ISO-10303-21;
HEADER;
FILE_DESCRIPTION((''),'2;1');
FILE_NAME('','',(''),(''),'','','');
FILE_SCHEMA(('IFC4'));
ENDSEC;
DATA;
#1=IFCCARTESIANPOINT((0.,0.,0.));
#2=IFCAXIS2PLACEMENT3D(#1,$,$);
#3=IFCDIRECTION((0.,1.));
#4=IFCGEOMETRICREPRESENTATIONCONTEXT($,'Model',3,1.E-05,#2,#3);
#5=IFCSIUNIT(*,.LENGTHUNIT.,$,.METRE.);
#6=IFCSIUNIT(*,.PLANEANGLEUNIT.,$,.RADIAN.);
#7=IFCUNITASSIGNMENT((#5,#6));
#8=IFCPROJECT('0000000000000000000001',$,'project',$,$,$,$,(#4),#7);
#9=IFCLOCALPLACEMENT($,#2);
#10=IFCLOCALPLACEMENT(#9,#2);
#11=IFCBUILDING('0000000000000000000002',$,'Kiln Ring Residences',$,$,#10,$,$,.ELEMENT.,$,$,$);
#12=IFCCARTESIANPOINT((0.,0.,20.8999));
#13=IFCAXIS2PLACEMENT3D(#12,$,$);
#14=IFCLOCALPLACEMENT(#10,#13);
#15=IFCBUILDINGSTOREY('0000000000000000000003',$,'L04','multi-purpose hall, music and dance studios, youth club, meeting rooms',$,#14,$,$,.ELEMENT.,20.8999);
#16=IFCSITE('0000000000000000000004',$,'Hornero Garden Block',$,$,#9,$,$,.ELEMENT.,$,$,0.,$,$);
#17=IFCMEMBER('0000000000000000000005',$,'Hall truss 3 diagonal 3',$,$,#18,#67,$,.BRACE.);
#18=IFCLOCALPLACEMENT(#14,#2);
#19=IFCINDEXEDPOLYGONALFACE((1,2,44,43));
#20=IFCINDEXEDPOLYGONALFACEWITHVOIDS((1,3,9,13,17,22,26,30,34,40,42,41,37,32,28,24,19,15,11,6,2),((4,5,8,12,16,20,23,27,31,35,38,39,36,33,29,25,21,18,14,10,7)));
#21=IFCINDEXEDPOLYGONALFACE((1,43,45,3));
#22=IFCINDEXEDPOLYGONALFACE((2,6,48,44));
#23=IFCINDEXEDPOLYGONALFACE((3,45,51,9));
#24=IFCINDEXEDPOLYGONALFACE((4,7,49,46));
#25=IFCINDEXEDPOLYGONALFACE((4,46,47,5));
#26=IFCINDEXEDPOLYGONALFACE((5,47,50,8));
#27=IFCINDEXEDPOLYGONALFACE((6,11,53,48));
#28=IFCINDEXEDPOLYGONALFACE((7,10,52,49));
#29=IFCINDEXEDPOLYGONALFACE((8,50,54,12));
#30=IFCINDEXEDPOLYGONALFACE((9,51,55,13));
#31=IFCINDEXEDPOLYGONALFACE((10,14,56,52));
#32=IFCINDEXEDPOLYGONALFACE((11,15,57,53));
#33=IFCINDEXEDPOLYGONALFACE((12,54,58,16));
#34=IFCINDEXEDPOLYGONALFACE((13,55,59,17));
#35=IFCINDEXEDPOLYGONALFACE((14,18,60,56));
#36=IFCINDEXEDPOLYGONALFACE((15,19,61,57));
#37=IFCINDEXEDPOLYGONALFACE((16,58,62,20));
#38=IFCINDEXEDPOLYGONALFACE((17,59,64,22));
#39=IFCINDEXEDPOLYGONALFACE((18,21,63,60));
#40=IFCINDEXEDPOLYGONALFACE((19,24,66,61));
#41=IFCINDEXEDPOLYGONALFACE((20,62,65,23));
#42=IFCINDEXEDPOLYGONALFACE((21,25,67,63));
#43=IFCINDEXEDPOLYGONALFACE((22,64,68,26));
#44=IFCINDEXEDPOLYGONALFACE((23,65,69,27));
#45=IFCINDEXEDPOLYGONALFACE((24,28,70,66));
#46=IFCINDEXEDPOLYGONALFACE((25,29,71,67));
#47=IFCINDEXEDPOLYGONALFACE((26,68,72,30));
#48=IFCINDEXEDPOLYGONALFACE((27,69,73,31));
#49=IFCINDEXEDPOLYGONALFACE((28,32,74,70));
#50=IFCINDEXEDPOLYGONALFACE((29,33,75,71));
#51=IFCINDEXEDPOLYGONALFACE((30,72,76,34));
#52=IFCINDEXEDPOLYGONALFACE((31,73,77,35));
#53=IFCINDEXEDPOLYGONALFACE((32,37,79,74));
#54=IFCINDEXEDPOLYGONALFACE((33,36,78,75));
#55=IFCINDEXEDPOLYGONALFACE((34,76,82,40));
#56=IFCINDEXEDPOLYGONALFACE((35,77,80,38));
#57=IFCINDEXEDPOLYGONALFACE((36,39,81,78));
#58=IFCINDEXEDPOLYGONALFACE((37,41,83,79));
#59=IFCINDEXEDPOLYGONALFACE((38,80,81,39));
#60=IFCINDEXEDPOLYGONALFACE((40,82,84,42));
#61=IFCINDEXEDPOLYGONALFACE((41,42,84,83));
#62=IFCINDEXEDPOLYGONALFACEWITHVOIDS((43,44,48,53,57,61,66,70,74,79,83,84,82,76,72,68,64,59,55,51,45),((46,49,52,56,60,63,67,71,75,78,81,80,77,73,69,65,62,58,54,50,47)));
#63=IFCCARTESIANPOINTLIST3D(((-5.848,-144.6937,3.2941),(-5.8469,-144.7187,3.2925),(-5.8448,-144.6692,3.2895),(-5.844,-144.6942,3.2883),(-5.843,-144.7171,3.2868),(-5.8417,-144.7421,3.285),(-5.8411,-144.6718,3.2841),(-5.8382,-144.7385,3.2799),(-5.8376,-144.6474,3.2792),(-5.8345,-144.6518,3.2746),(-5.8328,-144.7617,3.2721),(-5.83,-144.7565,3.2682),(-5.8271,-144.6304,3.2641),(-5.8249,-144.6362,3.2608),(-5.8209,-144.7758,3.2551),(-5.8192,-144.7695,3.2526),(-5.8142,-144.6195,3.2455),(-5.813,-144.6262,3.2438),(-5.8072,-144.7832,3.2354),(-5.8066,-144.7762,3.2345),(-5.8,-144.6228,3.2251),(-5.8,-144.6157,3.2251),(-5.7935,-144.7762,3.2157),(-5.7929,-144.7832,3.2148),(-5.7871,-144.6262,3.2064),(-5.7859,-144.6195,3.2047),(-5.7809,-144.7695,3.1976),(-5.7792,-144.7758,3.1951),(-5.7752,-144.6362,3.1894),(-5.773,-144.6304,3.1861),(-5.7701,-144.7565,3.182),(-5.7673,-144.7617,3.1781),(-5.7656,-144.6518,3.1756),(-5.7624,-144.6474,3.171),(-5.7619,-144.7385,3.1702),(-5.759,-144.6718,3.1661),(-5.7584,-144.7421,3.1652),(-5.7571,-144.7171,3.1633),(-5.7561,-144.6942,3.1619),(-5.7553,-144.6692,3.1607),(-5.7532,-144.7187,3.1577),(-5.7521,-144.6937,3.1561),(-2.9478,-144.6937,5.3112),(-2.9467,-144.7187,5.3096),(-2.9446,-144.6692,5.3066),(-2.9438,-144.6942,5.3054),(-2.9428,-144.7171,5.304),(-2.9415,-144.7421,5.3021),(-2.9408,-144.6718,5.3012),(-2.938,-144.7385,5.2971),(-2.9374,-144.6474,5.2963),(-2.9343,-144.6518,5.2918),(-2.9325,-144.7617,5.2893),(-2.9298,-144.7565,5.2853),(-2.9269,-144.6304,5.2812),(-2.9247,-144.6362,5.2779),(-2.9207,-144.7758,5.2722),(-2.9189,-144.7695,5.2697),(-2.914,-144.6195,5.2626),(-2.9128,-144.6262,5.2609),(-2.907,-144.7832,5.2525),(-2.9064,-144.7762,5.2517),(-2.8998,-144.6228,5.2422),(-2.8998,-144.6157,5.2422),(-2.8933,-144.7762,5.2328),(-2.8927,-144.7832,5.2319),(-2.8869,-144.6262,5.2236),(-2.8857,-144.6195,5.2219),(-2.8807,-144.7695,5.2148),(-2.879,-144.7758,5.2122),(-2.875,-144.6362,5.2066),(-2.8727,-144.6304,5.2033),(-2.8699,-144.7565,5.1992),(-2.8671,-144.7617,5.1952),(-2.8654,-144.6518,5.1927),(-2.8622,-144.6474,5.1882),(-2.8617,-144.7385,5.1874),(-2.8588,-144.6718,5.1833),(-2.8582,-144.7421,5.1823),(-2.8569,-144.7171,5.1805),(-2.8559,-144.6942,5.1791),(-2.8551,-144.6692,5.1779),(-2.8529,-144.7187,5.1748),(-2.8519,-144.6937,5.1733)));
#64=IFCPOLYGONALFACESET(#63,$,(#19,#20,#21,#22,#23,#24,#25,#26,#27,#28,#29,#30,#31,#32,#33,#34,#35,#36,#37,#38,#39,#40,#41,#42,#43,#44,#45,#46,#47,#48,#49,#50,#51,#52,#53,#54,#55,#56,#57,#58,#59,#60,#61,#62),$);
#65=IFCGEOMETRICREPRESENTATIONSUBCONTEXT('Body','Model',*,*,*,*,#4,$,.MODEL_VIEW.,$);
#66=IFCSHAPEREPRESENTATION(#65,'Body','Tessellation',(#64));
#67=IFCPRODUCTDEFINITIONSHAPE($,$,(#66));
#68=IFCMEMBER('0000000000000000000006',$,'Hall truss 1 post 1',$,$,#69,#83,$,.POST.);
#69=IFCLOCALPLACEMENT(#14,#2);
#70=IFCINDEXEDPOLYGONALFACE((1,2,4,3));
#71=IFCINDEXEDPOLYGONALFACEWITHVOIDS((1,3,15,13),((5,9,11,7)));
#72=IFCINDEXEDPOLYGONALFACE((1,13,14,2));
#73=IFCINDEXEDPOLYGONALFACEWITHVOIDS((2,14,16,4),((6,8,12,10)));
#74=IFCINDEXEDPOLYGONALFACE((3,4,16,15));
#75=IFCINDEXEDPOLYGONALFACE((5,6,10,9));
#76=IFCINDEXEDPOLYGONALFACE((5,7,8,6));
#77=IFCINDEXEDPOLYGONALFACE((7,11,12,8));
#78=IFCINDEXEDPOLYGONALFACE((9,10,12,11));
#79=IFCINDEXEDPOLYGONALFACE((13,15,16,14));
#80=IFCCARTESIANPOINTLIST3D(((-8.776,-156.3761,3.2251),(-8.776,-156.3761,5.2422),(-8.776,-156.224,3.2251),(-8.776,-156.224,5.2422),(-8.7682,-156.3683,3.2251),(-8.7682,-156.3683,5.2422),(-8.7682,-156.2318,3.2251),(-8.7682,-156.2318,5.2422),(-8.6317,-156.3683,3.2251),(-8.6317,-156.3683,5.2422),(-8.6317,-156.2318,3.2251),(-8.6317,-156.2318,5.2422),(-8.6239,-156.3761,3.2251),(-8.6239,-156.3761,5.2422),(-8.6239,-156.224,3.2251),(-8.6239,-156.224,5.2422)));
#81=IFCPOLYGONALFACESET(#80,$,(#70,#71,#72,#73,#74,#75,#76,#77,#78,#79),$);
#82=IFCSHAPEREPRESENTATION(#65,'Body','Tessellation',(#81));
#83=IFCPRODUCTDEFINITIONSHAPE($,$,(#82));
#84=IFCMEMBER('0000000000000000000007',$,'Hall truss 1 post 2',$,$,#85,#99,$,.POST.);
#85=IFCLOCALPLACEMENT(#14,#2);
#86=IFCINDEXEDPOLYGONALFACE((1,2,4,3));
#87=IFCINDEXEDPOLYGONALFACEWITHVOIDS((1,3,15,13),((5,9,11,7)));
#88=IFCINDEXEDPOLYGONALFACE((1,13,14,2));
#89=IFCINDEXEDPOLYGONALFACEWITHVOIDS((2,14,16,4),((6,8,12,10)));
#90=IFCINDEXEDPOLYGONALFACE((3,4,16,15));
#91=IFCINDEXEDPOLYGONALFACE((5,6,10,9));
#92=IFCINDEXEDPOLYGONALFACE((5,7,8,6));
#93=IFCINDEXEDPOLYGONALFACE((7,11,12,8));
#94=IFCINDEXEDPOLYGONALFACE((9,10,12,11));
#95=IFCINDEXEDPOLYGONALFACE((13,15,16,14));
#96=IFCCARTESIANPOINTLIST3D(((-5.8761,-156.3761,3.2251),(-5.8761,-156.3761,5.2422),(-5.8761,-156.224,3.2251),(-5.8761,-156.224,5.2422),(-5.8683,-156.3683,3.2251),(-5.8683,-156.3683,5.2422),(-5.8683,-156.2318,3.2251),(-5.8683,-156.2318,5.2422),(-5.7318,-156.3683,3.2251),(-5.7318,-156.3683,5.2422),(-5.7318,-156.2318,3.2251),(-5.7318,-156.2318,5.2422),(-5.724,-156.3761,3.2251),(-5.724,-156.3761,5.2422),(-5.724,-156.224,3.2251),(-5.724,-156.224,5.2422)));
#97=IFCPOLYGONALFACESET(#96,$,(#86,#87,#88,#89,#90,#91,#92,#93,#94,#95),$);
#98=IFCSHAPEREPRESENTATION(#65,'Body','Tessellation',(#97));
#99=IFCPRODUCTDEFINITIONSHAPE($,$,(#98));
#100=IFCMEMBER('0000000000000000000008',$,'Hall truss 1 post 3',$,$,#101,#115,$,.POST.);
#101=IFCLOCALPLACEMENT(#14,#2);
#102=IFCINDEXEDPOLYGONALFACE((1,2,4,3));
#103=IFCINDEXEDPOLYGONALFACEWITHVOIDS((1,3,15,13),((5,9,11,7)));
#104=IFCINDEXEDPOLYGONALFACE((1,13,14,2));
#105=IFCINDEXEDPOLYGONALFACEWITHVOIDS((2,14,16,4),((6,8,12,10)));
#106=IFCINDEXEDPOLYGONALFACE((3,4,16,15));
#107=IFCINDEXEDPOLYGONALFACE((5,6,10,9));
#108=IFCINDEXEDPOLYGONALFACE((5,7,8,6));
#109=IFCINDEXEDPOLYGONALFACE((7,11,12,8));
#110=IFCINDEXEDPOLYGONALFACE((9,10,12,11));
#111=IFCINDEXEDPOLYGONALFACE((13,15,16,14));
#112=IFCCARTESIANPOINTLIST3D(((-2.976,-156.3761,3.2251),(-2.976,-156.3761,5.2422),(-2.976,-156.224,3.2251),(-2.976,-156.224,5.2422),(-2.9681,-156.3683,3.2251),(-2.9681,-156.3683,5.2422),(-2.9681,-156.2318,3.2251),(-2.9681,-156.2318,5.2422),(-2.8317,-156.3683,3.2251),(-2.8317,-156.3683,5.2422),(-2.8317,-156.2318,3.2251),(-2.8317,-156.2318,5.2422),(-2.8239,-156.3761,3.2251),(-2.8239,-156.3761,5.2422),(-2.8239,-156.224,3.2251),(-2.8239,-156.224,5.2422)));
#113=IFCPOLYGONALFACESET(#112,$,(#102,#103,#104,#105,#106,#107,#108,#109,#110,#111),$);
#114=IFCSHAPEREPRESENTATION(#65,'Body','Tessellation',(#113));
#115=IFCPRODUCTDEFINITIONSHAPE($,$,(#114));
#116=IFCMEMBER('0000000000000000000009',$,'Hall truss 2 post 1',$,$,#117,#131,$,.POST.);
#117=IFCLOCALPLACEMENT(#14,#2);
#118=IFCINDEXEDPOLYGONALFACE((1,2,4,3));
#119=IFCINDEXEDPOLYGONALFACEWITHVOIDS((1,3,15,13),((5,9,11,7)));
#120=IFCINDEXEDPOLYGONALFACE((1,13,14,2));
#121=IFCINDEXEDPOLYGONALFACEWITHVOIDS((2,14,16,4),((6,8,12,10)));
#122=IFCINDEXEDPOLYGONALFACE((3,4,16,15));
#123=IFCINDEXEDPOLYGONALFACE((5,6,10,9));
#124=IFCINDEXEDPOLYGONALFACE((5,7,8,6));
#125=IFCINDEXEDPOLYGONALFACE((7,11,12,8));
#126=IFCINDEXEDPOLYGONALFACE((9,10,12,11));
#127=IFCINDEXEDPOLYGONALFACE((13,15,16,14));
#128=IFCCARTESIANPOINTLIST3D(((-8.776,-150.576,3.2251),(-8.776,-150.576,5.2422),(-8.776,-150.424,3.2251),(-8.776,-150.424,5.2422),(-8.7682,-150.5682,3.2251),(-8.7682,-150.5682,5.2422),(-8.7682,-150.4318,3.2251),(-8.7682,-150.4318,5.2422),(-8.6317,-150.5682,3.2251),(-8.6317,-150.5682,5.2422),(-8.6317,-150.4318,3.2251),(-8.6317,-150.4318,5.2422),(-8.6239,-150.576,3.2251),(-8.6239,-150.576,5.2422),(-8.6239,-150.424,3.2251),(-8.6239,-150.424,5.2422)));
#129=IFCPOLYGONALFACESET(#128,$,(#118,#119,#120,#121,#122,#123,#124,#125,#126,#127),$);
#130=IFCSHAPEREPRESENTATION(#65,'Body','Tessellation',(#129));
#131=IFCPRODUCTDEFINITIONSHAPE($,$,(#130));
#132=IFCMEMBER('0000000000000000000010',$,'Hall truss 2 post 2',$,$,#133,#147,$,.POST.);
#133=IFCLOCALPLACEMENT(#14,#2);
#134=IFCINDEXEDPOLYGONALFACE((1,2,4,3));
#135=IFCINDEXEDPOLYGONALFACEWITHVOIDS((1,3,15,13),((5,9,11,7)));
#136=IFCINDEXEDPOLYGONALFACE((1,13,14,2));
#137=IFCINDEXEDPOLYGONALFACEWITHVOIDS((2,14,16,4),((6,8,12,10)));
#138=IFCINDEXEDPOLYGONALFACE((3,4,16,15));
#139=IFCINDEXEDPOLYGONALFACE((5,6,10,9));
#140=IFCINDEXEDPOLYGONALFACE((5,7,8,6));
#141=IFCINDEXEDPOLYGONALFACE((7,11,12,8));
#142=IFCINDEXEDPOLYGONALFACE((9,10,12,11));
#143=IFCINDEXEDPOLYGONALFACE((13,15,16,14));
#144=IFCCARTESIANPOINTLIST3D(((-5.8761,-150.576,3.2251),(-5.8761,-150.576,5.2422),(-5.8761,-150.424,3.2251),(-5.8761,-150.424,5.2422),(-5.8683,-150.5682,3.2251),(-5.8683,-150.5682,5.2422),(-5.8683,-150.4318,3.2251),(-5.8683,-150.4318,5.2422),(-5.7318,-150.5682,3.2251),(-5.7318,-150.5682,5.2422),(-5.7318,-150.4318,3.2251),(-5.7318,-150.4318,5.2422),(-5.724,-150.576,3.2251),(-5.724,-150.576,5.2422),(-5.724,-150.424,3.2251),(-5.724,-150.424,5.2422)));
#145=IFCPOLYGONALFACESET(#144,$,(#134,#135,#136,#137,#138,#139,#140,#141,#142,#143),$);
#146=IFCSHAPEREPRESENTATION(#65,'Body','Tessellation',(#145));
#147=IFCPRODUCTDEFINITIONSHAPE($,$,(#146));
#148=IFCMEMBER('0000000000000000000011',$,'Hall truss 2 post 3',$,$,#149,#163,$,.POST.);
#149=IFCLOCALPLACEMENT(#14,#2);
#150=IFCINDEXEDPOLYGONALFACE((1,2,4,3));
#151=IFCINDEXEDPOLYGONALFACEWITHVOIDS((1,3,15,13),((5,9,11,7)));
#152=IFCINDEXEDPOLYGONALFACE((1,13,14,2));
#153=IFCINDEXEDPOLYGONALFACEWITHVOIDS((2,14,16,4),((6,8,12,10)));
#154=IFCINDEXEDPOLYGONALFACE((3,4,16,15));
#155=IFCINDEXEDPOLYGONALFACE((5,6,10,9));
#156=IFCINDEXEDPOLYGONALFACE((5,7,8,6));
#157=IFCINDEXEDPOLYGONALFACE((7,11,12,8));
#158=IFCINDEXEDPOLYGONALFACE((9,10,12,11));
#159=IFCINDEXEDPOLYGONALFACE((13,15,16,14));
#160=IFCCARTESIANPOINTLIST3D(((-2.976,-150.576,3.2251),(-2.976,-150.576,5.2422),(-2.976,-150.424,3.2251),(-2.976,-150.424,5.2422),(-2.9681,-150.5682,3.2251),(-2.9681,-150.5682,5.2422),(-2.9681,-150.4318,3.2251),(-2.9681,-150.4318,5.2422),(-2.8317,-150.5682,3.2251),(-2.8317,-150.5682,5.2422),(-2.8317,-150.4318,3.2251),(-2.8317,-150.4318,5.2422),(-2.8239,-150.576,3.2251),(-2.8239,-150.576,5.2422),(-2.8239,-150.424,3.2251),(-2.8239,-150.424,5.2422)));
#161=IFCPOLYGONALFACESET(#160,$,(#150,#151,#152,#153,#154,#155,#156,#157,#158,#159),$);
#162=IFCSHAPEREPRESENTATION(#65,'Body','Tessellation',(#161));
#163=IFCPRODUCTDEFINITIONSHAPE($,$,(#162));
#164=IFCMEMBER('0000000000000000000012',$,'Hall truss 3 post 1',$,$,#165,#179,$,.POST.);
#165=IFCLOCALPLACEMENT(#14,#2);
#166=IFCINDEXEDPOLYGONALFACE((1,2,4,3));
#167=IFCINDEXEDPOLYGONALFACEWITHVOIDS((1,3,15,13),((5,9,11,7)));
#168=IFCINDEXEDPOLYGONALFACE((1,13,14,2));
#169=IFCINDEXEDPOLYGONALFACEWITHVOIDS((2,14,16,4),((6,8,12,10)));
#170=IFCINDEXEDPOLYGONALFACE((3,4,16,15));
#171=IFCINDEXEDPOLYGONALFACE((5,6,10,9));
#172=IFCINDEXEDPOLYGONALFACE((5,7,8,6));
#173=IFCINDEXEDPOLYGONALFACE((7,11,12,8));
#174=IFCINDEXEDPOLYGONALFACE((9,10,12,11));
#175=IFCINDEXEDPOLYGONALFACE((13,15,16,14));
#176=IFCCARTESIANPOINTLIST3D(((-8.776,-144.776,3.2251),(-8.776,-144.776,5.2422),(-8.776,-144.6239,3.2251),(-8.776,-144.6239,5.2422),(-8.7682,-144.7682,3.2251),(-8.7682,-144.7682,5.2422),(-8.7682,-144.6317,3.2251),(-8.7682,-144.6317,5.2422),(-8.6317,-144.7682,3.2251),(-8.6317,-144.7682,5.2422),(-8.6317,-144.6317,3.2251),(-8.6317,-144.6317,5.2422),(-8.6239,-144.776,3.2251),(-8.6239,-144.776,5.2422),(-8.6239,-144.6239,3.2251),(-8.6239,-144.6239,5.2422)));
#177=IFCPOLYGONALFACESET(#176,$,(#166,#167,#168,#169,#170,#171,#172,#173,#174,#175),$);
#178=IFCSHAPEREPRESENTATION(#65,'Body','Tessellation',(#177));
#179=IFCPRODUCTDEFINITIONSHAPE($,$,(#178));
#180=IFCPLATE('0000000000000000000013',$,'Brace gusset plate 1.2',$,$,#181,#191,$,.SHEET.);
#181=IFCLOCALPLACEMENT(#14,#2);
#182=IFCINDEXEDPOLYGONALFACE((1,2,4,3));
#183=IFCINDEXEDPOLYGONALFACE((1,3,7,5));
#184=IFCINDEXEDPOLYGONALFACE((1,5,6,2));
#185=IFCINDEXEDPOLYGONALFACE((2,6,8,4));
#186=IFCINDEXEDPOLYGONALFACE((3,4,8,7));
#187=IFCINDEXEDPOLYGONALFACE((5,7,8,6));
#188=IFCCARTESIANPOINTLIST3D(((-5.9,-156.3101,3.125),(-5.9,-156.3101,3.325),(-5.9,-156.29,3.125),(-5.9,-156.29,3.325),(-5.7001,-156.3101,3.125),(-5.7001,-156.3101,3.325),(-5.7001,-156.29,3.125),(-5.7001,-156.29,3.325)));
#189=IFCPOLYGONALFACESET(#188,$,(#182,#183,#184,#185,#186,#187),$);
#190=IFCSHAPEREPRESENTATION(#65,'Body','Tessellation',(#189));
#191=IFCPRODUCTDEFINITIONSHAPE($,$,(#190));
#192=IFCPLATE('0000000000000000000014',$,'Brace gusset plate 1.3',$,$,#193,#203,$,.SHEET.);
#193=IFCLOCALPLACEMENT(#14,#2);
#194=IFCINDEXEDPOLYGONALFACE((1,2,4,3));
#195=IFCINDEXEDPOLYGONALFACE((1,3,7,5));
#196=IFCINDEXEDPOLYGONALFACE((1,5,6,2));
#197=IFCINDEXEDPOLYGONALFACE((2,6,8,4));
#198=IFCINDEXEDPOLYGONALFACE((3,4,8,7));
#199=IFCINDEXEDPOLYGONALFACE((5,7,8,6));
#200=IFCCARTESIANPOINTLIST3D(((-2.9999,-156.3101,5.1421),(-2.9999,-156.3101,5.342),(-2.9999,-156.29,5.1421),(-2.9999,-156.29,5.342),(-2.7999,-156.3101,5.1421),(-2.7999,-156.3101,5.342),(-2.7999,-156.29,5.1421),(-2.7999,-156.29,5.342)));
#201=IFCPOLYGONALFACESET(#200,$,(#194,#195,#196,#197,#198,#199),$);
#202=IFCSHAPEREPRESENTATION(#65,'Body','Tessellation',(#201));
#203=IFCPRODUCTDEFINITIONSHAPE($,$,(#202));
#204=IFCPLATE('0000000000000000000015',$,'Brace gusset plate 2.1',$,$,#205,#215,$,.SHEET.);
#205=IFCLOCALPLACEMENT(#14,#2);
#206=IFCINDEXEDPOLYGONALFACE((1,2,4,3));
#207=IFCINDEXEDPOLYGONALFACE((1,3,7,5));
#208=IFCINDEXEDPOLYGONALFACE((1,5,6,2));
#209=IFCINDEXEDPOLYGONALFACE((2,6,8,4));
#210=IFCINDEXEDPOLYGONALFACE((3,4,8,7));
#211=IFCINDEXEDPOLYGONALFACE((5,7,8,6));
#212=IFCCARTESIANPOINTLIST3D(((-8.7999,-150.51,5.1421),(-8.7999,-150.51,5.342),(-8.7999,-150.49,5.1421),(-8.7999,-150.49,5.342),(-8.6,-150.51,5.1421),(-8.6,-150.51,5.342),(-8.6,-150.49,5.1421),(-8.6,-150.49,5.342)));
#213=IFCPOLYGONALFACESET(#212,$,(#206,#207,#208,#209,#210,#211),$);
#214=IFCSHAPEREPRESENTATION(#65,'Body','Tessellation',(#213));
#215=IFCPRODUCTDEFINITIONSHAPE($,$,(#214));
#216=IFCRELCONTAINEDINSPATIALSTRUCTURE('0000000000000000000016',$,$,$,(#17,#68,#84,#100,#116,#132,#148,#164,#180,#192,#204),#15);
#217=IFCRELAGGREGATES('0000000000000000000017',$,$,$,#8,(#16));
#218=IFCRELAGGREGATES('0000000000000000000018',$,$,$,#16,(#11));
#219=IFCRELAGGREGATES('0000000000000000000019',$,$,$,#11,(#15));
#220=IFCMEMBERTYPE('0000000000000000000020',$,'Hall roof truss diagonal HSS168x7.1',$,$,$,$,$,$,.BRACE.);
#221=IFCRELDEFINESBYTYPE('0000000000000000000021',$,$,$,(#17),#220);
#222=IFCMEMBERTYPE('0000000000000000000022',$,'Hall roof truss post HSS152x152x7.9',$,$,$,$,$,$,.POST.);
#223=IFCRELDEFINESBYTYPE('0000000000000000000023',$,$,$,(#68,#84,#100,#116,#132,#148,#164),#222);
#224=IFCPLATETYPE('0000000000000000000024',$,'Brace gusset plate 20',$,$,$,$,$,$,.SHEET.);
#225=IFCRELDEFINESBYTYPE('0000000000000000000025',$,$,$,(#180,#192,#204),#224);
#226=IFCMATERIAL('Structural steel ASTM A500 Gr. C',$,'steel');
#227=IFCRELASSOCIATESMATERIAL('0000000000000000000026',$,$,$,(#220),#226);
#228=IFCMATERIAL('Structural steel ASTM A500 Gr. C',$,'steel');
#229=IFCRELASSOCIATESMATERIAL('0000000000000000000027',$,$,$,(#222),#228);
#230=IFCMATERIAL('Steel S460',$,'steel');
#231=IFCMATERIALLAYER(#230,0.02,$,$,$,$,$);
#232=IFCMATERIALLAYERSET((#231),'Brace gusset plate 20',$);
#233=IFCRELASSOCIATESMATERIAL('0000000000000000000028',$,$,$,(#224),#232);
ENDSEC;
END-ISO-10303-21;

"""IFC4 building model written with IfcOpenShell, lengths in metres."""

from ifc_helpers import new_model, si_unit, direction, frame, origin, origin_2d, place, context, subcontext, project, spatial, rectangle, hollow_rectangle, hollow_circle, extrude, material, layer, layer_set, material_profile, profile_set, type_object, element, save


model = new_model("IFC4")

# Units and contexts
model_context = context("Model", 3, precision=1e-05, world=origin(), true_north=direction((0.0, 1.0)))
body_context = subcontext(model_context, "Body", "Model", "MODEL_VIEW")
ifc_project = project(units=[si_unit("LENGTHUNIT", "METRE"), si_unit("PLANEANGLEUNIT", "RADIAN")], contexts=[model_context])

# Site, building, storey
site_placement = place(None, origin())
site = spatial("IfcSite", under=ifc_project, at=site_placement, Name="Hornero Garden Block", CompositionType="ELEMENT", RefElevation=0.0)
building_placement = place(site_placement, origin())
building = spatial("IfcBuilding", under=site, at=building_placement, Name="Kiln Ring Residences", CompositionType="ELEMENT")
storey_placement = place(building_placement, frame((0.0, 0.0, 20.8999)))
storey = spatial("IfcBuildingStorey", under=building, at=storey_placement, Name="L04", Description="multi-purpose hall, music and dance studios, youth club, meeting rooms", CompositionType="ELEMENT", Elevation=20.8999)

# Members
ifc_material_1 = material(Name="Structural steel ASTM A500 Gr. C", Category="steel")
ifc_material_profile_1 = material_profile(ifc_material_1, hollow_circle(Radius=0.0842, WallThickness=0.0071, at=origin_2d()), Name="HSS168x7.1")
ifc_profile_set_1 = profile_set([ifc_material_profile_1], Name="Structural steel ASTM A500 Gr. C")
member_type_1 = type_object("IfcMemberType", Name="Hall roof truss diagonal HSS168x7.1", PredefinedType="BRACE", material=ifc_profile_set_1)
member_1_placement = place(storey_placement, frame((-5.8, -144.7, 3.2251), z_axis=(0.820959, 0.0, 0.570988), x_axis=(0.0, 1.0, 0.0)))
element("IfcMember", 1, at=member_1_placement, inside=storey, type_object=member_type_1, Name="Hall truss 3 diagonal 3", PredefinedType="BRACE", context=body_context, shape_type="SweptSolid", body=[
    extrude(hollow_circle(Radius=0.0842, WallThickness=0.0071, at=origin_2d()), origin(), (0.0, 0.0, 1.0), 3.5327),
])
ifc_material_2 = material(Name="Structural steel ASTM A500 Gr. C", Category="steel")
ifc_material_profile_2 = material_profile(ifc_material_2, hollow_rectangle(XDim=0.1521, YDim=0.1521, WallThickness=0.0078, at=origin_2d()), Name="HSS152x152x7.9")
ifc_profile_set_2 = profile_set([ifc_material_profile_2], Name="Structural steel ASTM A500 Gr. C")
member_type_2 = type_object("IfcMemberType", Name="Hall roof truss post HSS152x152x7.9", PredefinedType="POST", material=ifc_profile_set_2)
for number, where, z_axis, x_axis, name in (
    (2, (-8.7, -156.3, 3.2251), (0.0, 0.0, 1.0), (1.0, 0.0, 0.0), "Hall truss 1 post 1"),
    (3, (-5.8, -156.3, 3.2251), (0.0, 0.0, 1.0), (1.0, 0.0, 0.0), "Hall truss 1 post 2"),
    (4, (-2.8999, -156.3, 3.2251), (0.0, 0.0, 1.0), (1.0, 0.0, 0.0), "Hall truss 1 post 3"),
    (5, (-8.7, -150.5, 3.2251), (0.0, 0.0, 1.0), (1.0, 0.0, 0.0), "Hall truss 2 post 1"),
    (6, (-5.8, -150.5, 3.2251), (0.0, 0.0, 1.0), (1.0, 0.0, 0.0), "Hall truss 2 post 2"),
    (7, (-2.8999, -150.5, 3.2251), (0.0, 0.0, 1.0), (1.0, 0.0, 0.0), "Hall truss 2 post 3"),
    (8, (-8.7, -144.7, 3.2251), (0.0, 0.0, 1.0), (1.0, 0.0, 0.0), "Hall truss 3 post 1"),
):
    element("IfcMember", number, at=place(storey_placement, frame(where, z_axis=z_axis, x_axis=x_axis)), inside=storey, type_object=member_type_2, Name=name, PredefinedType="POST", context=body_context, shape_type="SweptSolid", body=[
        extrude(hollow_rectangle(XDim=0.1521, YDim=0.1521, WallThickness=0.0078, at=origin_2d()), origin(), (0.0, 0.0, 1.0), 2.0171),
    ])

# Plates
ifc_material_3 = material(Name="Steel S460", Category="steel")
ifc_layer = layer(ifc_material_3, 0.02)
ifc_layer_set = layer_set([ifc_layer], Name="Brace gusset plate 20")
plate_type = type_object("IfcPlateType", Name="Brace gusset plate 20", PredefinedType="SHEET", material=ifc_layer_set)
for number, where, z_axis, x_axis, name in (
    (9, (-5.8, -156.3, 3.125), (0.0, 0.0, 1.0), (1.0, 0.0, 0.0), "Brace gusset plate 1.2"),
    (10, (-2.8999, -156.3, 5.1421), (0.0, 0.0, 1.0), (1.0, 0.0, 0.0), "Brace gusset plate 1.3"),
    (11, (-8.7, -150.5, 5.1421), (0.0, 0.0, 1.0), (1.0, 0.0, 0.0), "Brace gusset plate 2.1"),
):
    element("IfcPlate", number, at=place(storey_placement, frame(where, z_axis=z_axis, x_axis=x_axis)), inside=storey, type_object=plate_type, Name=name, PredefinedType="SHEET", context=body_context, shape_type="SweptSolid", body=[
        extrude(rectangle(XDim=0.2, YDim=0.02, at=origin_2d()), origin(), (0.0, 0.0, 1.0), 0.2),
    ])

save(model, "model.ifc")
